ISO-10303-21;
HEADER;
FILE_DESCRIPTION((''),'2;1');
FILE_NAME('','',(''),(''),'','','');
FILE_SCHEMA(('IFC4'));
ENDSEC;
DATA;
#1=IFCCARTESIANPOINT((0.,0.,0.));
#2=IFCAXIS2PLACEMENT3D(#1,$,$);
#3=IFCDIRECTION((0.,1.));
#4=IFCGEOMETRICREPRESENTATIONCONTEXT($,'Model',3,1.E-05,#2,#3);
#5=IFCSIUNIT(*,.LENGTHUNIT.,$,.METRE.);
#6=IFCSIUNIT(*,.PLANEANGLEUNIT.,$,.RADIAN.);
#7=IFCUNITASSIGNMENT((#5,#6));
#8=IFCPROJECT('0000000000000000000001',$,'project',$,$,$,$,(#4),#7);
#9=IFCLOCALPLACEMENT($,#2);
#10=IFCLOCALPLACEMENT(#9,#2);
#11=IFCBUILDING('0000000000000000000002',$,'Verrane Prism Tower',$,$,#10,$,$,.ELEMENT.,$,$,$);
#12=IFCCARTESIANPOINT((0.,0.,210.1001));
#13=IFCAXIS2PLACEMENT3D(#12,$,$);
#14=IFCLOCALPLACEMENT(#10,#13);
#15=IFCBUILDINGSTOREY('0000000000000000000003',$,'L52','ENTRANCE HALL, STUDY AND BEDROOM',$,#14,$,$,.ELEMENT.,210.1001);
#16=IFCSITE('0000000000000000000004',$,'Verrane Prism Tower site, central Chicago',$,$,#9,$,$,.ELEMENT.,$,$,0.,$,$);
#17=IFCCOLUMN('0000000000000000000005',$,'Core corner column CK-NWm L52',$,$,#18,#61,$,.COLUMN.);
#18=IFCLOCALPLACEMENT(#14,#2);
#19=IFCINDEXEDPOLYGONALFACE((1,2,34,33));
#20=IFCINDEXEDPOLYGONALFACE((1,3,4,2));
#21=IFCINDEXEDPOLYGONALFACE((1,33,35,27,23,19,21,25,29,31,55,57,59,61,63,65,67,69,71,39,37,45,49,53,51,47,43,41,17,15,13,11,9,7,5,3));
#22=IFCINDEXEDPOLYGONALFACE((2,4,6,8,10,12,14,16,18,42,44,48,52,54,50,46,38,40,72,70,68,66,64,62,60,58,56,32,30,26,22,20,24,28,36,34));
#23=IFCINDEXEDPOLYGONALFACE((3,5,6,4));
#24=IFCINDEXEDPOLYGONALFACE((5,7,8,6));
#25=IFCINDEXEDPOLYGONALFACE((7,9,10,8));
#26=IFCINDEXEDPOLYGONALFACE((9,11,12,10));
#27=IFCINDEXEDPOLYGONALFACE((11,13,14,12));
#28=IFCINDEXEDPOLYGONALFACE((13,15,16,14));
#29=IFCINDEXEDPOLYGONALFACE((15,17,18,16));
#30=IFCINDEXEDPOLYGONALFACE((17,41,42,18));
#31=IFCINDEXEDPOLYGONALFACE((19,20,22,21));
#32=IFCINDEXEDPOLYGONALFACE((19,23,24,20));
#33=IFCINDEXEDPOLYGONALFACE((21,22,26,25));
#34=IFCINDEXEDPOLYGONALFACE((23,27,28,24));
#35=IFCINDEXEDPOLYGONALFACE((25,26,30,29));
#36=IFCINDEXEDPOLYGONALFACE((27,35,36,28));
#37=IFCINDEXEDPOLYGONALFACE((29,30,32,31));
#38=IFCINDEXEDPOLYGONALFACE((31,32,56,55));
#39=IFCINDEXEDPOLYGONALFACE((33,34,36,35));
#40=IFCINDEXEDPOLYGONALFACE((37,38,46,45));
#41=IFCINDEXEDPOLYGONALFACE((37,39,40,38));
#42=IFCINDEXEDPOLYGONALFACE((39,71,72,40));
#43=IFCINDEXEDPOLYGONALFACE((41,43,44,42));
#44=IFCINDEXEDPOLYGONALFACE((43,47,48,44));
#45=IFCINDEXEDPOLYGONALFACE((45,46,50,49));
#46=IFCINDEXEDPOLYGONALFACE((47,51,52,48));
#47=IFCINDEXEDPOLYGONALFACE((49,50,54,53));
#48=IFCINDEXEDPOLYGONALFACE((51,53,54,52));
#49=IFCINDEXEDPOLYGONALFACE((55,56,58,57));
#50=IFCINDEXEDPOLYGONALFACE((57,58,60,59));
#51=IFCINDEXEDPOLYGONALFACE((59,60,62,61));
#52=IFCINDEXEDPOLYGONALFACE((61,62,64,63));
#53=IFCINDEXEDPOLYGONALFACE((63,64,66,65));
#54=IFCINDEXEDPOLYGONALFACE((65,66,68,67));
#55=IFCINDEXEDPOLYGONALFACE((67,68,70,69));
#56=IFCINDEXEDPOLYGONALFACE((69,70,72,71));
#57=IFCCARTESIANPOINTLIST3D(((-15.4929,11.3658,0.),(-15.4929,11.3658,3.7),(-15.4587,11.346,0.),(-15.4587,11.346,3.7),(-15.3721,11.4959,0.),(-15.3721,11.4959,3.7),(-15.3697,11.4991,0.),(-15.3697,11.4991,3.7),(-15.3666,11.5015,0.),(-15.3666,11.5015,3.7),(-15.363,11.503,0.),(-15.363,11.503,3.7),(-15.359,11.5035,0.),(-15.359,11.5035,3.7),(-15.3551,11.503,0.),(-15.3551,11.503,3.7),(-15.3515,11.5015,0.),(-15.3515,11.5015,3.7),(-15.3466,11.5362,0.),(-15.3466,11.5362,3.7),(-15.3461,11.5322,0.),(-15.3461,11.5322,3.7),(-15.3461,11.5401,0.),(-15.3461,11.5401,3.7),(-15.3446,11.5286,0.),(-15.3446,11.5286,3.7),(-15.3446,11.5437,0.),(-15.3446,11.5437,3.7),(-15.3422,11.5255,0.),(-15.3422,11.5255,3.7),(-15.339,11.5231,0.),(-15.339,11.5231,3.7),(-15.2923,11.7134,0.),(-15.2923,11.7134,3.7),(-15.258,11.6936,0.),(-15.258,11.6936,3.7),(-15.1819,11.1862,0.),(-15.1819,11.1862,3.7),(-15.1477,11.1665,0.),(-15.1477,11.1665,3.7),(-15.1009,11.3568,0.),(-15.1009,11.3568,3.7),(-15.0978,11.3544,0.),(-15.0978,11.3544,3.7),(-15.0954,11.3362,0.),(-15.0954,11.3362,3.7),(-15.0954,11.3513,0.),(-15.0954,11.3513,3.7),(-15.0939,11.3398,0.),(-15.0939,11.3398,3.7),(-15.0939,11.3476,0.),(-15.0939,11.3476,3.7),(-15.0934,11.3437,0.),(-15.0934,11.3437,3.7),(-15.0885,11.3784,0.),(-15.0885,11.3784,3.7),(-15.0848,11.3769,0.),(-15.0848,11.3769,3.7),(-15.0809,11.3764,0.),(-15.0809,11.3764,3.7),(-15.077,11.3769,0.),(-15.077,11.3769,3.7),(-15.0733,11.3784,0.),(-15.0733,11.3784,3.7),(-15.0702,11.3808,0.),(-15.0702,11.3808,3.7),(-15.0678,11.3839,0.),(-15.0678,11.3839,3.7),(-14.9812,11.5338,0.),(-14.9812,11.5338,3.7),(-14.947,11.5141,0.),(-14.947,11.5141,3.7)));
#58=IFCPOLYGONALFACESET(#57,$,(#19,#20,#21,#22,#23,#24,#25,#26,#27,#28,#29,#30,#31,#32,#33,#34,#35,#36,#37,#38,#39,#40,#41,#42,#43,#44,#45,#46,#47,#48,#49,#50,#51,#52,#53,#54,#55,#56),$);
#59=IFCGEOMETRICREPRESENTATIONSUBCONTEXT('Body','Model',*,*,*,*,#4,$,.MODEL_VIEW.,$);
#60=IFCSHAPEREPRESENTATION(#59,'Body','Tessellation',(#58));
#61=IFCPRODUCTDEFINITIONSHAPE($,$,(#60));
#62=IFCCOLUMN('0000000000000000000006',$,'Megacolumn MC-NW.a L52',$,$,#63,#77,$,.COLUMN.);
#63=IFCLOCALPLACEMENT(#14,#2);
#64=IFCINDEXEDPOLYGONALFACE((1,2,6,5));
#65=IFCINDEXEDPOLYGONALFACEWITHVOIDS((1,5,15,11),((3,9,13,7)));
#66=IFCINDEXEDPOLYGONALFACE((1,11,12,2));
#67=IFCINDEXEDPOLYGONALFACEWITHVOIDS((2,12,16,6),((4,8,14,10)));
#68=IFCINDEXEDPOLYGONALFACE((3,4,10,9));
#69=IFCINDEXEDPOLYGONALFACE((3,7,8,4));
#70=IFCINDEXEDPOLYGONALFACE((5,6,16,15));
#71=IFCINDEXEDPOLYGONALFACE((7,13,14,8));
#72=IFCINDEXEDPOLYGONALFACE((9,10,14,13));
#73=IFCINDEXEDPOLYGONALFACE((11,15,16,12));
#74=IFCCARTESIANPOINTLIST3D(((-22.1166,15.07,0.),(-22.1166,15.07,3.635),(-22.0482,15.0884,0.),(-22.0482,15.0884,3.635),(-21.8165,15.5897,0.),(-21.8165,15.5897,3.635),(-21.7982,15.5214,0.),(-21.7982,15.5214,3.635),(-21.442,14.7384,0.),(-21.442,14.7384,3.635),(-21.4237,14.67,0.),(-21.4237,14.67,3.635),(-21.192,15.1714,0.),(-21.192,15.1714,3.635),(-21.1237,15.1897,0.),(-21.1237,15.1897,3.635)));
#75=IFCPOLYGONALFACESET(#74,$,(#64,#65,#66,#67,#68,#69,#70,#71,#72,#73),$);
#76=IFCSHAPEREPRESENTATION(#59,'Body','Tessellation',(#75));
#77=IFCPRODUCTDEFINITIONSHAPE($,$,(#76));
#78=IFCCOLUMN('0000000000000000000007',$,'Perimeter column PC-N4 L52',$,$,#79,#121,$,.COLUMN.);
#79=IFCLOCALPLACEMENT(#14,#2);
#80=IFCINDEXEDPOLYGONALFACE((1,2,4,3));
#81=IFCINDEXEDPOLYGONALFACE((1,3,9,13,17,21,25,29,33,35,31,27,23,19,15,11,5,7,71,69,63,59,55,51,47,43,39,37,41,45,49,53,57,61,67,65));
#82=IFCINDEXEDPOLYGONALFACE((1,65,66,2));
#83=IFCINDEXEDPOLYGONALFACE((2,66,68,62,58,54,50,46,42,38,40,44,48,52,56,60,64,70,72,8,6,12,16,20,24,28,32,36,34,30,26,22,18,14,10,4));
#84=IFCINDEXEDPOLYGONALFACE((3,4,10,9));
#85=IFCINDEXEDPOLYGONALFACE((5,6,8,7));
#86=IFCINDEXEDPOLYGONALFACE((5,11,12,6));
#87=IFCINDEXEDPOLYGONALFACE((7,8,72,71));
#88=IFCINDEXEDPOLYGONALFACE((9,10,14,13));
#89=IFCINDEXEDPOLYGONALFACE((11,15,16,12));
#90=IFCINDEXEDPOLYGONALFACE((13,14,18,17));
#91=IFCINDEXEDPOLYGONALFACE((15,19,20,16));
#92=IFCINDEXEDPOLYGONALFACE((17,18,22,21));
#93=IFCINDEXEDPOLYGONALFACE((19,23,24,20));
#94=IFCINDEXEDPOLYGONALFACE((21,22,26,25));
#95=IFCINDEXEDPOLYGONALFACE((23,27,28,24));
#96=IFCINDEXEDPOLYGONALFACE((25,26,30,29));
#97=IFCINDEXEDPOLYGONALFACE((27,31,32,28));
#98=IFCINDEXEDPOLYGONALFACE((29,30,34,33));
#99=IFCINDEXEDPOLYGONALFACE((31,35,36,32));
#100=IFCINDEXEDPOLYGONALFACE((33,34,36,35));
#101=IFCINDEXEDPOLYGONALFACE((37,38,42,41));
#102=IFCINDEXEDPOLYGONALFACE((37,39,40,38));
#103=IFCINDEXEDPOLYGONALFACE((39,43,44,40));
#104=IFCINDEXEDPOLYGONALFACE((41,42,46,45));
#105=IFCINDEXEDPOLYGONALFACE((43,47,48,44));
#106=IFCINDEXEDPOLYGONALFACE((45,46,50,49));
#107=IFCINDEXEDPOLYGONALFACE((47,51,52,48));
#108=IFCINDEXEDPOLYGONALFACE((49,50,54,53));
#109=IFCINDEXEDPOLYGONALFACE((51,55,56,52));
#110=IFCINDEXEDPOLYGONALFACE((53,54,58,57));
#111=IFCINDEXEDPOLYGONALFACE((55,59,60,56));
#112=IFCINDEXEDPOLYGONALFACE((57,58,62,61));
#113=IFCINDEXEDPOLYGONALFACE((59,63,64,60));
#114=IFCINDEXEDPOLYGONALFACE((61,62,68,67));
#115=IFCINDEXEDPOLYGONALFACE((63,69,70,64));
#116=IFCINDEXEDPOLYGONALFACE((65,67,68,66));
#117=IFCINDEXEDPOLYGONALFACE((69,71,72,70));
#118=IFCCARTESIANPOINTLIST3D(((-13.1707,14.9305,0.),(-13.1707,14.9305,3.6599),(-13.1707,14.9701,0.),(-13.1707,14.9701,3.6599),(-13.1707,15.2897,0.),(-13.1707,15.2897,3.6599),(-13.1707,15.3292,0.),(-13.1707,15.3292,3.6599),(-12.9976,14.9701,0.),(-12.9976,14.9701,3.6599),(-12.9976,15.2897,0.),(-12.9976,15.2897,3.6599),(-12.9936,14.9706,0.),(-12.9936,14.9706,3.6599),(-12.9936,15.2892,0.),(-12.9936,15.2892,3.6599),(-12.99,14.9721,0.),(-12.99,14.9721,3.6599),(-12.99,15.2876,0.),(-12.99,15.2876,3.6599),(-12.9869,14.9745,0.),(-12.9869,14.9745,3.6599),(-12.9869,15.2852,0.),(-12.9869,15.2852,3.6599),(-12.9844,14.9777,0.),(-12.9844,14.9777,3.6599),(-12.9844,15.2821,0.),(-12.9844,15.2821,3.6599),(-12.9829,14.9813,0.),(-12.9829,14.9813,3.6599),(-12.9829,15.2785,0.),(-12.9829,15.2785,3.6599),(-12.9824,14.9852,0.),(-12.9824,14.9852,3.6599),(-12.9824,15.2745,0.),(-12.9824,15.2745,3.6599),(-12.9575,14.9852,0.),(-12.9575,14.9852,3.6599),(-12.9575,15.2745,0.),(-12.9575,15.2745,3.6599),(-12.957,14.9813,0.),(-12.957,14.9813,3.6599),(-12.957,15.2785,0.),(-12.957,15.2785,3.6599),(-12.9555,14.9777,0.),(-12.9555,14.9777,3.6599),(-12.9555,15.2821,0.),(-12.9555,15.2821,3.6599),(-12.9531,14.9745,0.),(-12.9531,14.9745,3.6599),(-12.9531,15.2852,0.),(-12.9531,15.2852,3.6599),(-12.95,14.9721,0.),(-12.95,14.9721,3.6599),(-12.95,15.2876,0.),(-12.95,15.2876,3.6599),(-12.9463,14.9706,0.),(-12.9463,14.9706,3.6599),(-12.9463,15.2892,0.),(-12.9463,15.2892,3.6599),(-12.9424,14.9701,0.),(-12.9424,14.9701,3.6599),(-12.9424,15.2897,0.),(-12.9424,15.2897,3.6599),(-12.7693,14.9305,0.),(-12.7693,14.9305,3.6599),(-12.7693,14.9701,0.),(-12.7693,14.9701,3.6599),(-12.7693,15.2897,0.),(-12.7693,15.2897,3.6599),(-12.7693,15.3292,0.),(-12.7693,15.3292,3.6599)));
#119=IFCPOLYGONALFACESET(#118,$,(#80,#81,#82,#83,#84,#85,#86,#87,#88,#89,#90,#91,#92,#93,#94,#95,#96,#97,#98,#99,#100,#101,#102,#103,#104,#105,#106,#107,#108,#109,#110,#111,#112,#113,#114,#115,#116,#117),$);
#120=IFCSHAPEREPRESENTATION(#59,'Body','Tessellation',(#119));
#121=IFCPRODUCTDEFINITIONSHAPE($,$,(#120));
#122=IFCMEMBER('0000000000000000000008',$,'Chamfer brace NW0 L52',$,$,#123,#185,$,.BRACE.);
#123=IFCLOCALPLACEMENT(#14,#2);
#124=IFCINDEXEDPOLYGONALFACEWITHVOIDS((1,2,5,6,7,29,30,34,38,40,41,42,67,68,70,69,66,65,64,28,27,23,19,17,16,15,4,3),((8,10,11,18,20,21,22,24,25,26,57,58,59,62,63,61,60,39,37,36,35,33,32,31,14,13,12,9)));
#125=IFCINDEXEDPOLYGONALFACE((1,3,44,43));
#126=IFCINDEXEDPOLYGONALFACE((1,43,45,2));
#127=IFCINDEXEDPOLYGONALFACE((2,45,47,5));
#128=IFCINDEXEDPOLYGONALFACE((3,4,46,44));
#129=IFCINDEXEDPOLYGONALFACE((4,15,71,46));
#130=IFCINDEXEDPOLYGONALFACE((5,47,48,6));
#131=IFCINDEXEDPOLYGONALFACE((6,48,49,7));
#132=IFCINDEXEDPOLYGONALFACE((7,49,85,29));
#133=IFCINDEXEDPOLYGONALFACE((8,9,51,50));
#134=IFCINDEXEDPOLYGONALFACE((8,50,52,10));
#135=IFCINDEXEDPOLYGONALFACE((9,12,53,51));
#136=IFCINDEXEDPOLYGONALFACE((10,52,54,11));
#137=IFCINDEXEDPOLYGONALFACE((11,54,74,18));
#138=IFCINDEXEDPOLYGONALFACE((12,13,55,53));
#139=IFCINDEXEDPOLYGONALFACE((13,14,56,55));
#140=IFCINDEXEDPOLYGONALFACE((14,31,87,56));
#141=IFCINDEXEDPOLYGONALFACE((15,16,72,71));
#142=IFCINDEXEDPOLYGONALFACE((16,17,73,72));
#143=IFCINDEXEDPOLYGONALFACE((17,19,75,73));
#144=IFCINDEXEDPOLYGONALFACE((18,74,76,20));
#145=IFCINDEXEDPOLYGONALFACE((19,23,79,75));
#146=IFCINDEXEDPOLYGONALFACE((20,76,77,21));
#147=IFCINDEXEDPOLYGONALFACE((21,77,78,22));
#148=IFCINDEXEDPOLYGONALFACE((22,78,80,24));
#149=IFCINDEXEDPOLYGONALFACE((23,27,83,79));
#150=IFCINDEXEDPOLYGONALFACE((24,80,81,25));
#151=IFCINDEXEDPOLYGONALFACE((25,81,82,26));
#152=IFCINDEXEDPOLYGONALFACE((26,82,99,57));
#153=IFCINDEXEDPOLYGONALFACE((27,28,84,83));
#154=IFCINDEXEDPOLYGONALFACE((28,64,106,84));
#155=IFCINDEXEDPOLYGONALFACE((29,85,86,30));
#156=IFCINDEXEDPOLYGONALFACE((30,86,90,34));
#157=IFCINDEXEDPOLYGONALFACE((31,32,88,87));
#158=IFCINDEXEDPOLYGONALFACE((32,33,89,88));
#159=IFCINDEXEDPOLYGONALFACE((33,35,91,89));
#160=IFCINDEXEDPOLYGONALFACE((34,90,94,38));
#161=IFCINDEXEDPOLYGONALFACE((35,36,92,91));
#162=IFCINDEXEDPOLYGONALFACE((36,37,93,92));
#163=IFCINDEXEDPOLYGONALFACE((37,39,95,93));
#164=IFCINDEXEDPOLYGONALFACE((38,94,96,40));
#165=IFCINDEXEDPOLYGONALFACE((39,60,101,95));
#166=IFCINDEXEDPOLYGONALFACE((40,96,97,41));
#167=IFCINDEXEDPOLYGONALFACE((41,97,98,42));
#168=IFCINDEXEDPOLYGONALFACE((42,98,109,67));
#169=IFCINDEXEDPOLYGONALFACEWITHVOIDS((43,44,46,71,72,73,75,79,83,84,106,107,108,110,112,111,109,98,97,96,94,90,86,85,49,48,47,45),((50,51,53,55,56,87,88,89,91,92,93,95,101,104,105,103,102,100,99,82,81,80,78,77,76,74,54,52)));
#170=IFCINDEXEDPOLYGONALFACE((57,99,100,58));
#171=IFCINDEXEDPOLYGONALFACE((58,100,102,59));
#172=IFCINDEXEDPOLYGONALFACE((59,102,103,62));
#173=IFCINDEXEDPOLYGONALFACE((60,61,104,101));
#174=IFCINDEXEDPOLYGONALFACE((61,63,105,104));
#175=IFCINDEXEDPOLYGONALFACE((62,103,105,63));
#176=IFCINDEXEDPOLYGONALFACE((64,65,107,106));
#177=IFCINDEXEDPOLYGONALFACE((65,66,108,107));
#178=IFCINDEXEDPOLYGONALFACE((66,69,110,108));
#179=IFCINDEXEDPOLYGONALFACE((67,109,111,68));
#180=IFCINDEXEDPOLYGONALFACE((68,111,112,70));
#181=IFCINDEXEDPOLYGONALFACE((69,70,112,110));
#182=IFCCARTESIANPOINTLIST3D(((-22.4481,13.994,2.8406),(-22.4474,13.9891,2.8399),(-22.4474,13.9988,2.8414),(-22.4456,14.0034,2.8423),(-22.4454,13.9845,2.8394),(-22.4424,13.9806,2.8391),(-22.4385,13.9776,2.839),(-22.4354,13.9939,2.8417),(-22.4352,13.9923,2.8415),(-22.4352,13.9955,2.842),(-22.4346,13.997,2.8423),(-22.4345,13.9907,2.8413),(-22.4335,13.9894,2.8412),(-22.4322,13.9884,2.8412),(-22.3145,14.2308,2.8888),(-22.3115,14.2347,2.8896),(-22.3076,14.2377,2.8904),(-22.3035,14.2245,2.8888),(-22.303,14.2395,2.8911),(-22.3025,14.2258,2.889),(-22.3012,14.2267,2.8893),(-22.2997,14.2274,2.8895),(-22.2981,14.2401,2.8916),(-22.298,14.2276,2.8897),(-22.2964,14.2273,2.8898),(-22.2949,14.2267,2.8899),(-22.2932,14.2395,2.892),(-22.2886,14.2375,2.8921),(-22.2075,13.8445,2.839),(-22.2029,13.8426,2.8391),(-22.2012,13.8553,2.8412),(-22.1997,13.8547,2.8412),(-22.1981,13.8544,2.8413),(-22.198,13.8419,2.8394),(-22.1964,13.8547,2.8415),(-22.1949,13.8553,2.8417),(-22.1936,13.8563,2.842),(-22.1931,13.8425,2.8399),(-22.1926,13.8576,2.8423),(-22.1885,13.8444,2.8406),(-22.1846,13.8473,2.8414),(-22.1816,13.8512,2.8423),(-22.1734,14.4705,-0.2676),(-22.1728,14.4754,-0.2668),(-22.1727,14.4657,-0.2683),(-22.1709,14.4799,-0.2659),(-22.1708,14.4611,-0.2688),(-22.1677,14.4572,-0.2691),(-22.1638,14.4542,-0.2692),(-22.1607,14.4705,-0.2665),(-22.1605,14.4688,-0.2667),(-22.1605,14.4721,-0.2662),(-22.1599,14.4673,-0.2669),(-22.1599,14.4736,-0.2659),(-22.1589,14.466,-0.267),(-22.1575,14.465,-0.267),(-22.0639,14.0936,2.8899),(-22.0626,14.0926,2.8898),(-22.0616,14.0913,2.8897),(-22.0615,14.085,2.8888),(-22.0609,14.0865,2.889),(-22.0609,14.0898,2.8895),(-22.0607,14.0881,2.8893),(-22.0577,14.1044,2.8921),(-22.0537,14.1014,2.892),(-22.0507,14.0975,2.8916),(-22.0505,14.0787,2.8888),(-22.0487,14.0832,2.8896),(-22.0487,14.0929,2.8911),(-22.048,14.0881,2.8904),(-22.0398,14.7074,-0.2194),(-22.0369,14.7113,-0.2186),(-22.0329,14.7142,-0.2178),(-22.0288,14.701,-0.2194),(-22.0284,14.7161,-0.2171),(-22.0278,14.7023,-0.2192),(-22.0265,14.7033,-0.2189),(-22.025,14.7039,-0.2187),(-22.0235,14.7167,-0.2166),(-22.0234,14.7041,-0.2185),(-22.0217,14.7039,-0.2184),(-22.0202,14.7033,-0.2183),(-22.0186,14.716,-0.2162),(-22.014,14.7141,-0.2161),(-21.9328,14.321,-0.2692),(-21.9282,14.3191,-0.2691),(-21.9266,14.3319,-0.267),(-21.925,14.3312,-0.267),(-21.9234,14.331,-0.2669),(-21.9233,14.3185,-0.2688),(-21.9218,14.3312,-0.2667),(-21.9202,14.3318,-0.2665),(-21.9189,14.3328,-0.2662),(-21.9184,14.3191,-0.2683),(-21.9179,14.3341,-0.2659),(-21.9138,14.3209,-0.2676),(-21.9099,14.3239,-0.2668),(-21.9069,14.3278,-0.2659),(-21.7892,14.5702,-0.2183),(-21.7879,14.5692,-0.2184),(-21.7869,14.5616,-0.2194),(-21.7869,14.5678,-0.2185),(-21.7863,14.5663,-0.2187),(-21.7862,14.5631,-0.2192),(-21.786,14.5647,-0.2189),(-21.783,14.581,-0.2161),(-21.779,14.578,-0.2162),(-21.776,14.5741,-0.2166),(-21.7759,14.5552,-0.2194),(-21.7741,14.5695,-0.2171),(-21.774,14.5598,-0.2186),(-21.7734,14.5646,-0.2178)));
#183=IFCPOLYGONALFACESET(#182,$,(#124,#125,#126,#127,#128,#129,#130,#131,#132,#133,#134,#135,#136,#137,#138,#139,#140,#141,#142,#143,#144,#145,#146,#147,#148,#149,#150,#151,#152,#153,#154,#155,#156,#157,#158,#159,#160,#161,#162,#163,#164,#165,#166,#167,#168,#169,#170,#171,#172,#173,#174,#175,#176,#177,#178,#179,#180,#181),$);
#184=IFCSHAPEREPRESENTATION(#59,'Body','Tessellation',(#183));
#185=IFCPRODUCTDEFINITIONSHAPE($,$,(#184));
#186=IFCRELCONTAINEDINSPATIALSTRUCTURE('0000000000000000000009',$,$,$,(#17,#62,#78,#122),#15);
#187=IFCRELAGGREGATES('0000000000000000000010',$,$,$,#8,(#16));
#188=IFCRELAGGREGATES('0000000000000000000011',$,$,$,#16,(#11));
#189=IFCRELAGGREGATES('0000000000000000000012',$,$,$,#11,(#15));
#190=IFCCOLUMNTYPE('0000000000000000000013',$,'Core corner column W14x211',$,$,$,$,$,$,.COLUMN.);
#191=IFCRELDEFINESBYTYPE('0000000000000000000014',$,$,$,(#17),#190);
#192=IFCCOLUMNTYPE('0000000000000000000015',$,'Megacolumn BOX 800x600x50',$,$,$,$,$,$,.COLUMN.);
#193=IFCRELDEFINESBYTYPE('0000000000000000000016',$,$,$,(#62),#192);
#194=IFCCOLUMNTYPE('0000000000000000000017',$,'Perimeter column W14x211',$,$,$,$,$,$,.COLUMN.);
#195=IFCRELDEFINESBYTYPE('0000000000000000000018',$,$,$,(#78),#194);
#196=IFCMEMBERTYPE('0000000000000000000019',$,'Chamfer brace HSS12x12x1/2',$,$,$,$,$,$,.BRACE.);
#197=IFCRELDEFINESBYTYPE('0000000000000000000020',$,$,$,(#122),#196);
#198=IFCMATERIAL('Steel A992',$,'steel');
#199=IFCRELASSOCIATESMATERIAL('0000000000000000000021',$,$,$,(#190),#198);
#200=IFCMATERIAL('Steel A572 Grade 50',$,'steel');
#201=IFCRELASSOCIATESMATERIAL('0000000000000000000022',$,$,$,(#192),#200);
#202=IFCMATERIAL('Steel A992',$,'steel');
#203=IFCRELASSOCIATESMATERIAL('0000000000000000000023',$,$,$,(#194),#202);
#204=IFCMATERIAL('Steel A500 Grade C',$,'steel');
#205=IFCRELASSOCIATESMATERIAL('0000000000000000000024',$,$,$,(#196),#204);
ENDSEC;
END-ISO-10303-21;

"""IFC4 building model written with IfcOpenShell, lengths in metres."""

from ifc_helpers import new_model, si_unit, direction, frame, origin, origin_2d, place, context, subcontext, project, spatial, hollow_rectangle, i_section, extrude, material, material_profile, profile_set, type_object, element, save


model = new_model("IFC4")

# Units and contexts
model_context = context("Model", 3, precision=1e-05, world=origin(), true_north=direction((0.0, 1.0)))
body_context = subcontext(model_context, "Body", "Model", "MODEL_VIEW")
ifc_project = project(units=[si_unit("LENGTHUNIT", "METRE"), si_unit("PLANEANGLEUNIT", "RADIAN")], contexts=[model_context])

# Site, building, storey
site_placement = place(None, origin())
site = spatial("IfcSite", under=ifc_project, at=site_placement, Name="Verrane Prism Tower site, central Chicago", CompositionType="ELEMENT", RefElevation=0.0)
building_placement = place(site_placement, origin())
building = spatial("IfcBuilding", under=site, at=building_placement, Name="Verrane Prism Tower", CompositionType="ELEMENT")
storey_placement = place(building_placement, frame((0.0, 0.0, 210.1001)))
storey = spatial("IfcBuildingStorey", under=building, at=storey_placement, Name="L52", Description="ENTRANCE HALL, STUDY AND BEDROOM", CompositionType="ELEMENT", Elevation=210.1001)

# Columns
ifc_material_1 = material(Name="Steel A992", Category="steel")
ifc_material_profile_1 = material_profile(ifc_material_1, i_section(OverallWidth=0.4014, OverallDepth=0.3987, WebThickness=0.0249, FlangeThickness=0.0396, FilletRadius=0.0151, at=origin_2d()), Name="W14x211")
ifc_profile_set_1 = profile_set([ifc_material_profile_1], Name="Steel A992")
column_type_1 = type_object("IfcColumnType", Name="Core corner column W14x211", PredefinedType="COLUMN", material=ifc_profile_set_1)
column_1_placement = place(storey_placement, frame((-15.22, 11.4399, 0.0), z_axis=(0.0, 0.0, 1.0), x_axis=(0.5, 0.866025, 0.0)))
element("IfcColumn", 1, at=column_1_placement, inside=storey, type_object=column_type_1, Name="Core corner column CK-NWm L52", PredefinedType="COLUMN", context=body_context, shape_type="SweptSolid", body=[
    extrude(i_section(OverallWidth=0.4014, OverallDepth=0.3987, WebThickness=0.0249, FlangeThickness=0.0396, FilletRadius=0.0151, at=origin_2d()), origin(), (0.0, 0.0, 1.0), 3.7),
])
ifc_material_2 = material(Name="Steel A572 Grade 50", Category="steel")
ifc_material_profile_2 = material_profile(ifc_material_2, hollow_rectangle(XDim=0.6001, YDim=0.8, WallThickness=0.05, at=origin_2d()), Name="BOX 800x600x50")
ifc_profile_set_2 = profile_set([ifc_material_profile_2], Name="Steel A572 Grade 50")
column_type_2 = type_object("IfcColumnType", Name="Megacolumn BOX 800x600x50", PredefinedType="COLUMN", material=ifc_profile_set_2)
column_2_placement = place(storey_placement, frame((-21.6201, 15.1299, 0.0), z_axis=(0.0, 0.0, 1.0), x_axis=(0.5, 0.866025, 0.0)))
element("IfcColumn", 2, at=column_2_placement, inside=storey, type_object=column_type_2, Name="Megacolumn MC-NW.a L52", PredefinedType="COLUMN", context=body_context, shape_type="SweptSolid", body=[
    extrude(hollow_rectangle(XDim=0.6001, YDim=0.8, WallThickness=0.05, at=origin_2d()), origin(), (0.0, 0.0, 1.0), 3.635),
])
ifc_material_3 = material(Name="Steel A992", Category="steel")
ifc_material_profile_3 = material_profile(ifc_material_3, i_section(OverallWidth=0.4014, OverallDepth=0.3987, WebThickness=0.0249, FlangeThickness=0.0396, FilletRadius=0.0151, at=origin_2d()), Name="W14x211")
ifc_profile_set_3 = profile_set([ifc_material_profile_3], Name="Steel A992")
column_type_3 = type_object("IfcColumnType", Name="Perimeter column W14x211", PredefinedType="COLUMN", material=ifc_profile_set_3)
column_3_placement = place(storey_placement, frame((-12.97, 15.1299, 0.0), z_axis=(0.0, 0.0, 1.0), x_axis=(1.0, 0.0, 0.0)))
element("IfcColumn", 3, at=column_3_placement, inside=storey, type_object=column_type_3, Name="Perimeter column PC-N4 L52", PredefinedType="COLUMN", context=body_context, shape_type="SweptSolid", body=[
    extrude(i_section(OverallWidth=0.4014, OverallDepth=0.3987, WebThickness=0.0249, FlangeThickness=0.0396, FilletRadius=0.0151, at=origin_2d()), origin(), (0.0, 0.0, 1.0), 3.6599),
])

# Member
ifc_material_4 = material(Name="Steel A500 Grade C", Category="steel")
ifc_material_profile_4 = material_profile(ifc_material_4, hollow_rectangle(XDim=0.3047, YDim=0.3047, WallThickness=0.0127, InnerFilletRadius=0.0063, OuterFilletRadius=0.019, at=origin_2d()), Name="HSS12x12x1/2")
ifc_profile_set_4 = profile_set([ifc_material_profile_4], Name="Steel A500 Grade C")
member_type_1 = type_object("IfcMemberType", Name="Chamfer brace HSS12x12x1/2", PredefinedType="BRACE", material=ifc_profile_set_4)
member_1_placement = place(storey_placement, frame((-21.9734, 14.5176, -0.2427), z_axis=(-0.087015, -0.150981, 0.9847), x_axis=(0.866407, -0.499338, 0.0)))
element("IfcMember", 4, at=member_1_placement, inside=storey, type_object=member_type_1, Name="Chamfer brace NW0 L52", PredefinedType="BRACE", context=body_context, shape_type="SweptSolid", body=[
    extrude(hollow_rectangle(XDim=0.3047, YDim=0.3047, WallThickness=0.0127, InnerFilletRadius=0.0063, OuterFilletRadius=0.019, at=origin_2d()), origin(), (0.0, 0.0, 1.0), 3.1565),
])

save(model, "model.ifc")
